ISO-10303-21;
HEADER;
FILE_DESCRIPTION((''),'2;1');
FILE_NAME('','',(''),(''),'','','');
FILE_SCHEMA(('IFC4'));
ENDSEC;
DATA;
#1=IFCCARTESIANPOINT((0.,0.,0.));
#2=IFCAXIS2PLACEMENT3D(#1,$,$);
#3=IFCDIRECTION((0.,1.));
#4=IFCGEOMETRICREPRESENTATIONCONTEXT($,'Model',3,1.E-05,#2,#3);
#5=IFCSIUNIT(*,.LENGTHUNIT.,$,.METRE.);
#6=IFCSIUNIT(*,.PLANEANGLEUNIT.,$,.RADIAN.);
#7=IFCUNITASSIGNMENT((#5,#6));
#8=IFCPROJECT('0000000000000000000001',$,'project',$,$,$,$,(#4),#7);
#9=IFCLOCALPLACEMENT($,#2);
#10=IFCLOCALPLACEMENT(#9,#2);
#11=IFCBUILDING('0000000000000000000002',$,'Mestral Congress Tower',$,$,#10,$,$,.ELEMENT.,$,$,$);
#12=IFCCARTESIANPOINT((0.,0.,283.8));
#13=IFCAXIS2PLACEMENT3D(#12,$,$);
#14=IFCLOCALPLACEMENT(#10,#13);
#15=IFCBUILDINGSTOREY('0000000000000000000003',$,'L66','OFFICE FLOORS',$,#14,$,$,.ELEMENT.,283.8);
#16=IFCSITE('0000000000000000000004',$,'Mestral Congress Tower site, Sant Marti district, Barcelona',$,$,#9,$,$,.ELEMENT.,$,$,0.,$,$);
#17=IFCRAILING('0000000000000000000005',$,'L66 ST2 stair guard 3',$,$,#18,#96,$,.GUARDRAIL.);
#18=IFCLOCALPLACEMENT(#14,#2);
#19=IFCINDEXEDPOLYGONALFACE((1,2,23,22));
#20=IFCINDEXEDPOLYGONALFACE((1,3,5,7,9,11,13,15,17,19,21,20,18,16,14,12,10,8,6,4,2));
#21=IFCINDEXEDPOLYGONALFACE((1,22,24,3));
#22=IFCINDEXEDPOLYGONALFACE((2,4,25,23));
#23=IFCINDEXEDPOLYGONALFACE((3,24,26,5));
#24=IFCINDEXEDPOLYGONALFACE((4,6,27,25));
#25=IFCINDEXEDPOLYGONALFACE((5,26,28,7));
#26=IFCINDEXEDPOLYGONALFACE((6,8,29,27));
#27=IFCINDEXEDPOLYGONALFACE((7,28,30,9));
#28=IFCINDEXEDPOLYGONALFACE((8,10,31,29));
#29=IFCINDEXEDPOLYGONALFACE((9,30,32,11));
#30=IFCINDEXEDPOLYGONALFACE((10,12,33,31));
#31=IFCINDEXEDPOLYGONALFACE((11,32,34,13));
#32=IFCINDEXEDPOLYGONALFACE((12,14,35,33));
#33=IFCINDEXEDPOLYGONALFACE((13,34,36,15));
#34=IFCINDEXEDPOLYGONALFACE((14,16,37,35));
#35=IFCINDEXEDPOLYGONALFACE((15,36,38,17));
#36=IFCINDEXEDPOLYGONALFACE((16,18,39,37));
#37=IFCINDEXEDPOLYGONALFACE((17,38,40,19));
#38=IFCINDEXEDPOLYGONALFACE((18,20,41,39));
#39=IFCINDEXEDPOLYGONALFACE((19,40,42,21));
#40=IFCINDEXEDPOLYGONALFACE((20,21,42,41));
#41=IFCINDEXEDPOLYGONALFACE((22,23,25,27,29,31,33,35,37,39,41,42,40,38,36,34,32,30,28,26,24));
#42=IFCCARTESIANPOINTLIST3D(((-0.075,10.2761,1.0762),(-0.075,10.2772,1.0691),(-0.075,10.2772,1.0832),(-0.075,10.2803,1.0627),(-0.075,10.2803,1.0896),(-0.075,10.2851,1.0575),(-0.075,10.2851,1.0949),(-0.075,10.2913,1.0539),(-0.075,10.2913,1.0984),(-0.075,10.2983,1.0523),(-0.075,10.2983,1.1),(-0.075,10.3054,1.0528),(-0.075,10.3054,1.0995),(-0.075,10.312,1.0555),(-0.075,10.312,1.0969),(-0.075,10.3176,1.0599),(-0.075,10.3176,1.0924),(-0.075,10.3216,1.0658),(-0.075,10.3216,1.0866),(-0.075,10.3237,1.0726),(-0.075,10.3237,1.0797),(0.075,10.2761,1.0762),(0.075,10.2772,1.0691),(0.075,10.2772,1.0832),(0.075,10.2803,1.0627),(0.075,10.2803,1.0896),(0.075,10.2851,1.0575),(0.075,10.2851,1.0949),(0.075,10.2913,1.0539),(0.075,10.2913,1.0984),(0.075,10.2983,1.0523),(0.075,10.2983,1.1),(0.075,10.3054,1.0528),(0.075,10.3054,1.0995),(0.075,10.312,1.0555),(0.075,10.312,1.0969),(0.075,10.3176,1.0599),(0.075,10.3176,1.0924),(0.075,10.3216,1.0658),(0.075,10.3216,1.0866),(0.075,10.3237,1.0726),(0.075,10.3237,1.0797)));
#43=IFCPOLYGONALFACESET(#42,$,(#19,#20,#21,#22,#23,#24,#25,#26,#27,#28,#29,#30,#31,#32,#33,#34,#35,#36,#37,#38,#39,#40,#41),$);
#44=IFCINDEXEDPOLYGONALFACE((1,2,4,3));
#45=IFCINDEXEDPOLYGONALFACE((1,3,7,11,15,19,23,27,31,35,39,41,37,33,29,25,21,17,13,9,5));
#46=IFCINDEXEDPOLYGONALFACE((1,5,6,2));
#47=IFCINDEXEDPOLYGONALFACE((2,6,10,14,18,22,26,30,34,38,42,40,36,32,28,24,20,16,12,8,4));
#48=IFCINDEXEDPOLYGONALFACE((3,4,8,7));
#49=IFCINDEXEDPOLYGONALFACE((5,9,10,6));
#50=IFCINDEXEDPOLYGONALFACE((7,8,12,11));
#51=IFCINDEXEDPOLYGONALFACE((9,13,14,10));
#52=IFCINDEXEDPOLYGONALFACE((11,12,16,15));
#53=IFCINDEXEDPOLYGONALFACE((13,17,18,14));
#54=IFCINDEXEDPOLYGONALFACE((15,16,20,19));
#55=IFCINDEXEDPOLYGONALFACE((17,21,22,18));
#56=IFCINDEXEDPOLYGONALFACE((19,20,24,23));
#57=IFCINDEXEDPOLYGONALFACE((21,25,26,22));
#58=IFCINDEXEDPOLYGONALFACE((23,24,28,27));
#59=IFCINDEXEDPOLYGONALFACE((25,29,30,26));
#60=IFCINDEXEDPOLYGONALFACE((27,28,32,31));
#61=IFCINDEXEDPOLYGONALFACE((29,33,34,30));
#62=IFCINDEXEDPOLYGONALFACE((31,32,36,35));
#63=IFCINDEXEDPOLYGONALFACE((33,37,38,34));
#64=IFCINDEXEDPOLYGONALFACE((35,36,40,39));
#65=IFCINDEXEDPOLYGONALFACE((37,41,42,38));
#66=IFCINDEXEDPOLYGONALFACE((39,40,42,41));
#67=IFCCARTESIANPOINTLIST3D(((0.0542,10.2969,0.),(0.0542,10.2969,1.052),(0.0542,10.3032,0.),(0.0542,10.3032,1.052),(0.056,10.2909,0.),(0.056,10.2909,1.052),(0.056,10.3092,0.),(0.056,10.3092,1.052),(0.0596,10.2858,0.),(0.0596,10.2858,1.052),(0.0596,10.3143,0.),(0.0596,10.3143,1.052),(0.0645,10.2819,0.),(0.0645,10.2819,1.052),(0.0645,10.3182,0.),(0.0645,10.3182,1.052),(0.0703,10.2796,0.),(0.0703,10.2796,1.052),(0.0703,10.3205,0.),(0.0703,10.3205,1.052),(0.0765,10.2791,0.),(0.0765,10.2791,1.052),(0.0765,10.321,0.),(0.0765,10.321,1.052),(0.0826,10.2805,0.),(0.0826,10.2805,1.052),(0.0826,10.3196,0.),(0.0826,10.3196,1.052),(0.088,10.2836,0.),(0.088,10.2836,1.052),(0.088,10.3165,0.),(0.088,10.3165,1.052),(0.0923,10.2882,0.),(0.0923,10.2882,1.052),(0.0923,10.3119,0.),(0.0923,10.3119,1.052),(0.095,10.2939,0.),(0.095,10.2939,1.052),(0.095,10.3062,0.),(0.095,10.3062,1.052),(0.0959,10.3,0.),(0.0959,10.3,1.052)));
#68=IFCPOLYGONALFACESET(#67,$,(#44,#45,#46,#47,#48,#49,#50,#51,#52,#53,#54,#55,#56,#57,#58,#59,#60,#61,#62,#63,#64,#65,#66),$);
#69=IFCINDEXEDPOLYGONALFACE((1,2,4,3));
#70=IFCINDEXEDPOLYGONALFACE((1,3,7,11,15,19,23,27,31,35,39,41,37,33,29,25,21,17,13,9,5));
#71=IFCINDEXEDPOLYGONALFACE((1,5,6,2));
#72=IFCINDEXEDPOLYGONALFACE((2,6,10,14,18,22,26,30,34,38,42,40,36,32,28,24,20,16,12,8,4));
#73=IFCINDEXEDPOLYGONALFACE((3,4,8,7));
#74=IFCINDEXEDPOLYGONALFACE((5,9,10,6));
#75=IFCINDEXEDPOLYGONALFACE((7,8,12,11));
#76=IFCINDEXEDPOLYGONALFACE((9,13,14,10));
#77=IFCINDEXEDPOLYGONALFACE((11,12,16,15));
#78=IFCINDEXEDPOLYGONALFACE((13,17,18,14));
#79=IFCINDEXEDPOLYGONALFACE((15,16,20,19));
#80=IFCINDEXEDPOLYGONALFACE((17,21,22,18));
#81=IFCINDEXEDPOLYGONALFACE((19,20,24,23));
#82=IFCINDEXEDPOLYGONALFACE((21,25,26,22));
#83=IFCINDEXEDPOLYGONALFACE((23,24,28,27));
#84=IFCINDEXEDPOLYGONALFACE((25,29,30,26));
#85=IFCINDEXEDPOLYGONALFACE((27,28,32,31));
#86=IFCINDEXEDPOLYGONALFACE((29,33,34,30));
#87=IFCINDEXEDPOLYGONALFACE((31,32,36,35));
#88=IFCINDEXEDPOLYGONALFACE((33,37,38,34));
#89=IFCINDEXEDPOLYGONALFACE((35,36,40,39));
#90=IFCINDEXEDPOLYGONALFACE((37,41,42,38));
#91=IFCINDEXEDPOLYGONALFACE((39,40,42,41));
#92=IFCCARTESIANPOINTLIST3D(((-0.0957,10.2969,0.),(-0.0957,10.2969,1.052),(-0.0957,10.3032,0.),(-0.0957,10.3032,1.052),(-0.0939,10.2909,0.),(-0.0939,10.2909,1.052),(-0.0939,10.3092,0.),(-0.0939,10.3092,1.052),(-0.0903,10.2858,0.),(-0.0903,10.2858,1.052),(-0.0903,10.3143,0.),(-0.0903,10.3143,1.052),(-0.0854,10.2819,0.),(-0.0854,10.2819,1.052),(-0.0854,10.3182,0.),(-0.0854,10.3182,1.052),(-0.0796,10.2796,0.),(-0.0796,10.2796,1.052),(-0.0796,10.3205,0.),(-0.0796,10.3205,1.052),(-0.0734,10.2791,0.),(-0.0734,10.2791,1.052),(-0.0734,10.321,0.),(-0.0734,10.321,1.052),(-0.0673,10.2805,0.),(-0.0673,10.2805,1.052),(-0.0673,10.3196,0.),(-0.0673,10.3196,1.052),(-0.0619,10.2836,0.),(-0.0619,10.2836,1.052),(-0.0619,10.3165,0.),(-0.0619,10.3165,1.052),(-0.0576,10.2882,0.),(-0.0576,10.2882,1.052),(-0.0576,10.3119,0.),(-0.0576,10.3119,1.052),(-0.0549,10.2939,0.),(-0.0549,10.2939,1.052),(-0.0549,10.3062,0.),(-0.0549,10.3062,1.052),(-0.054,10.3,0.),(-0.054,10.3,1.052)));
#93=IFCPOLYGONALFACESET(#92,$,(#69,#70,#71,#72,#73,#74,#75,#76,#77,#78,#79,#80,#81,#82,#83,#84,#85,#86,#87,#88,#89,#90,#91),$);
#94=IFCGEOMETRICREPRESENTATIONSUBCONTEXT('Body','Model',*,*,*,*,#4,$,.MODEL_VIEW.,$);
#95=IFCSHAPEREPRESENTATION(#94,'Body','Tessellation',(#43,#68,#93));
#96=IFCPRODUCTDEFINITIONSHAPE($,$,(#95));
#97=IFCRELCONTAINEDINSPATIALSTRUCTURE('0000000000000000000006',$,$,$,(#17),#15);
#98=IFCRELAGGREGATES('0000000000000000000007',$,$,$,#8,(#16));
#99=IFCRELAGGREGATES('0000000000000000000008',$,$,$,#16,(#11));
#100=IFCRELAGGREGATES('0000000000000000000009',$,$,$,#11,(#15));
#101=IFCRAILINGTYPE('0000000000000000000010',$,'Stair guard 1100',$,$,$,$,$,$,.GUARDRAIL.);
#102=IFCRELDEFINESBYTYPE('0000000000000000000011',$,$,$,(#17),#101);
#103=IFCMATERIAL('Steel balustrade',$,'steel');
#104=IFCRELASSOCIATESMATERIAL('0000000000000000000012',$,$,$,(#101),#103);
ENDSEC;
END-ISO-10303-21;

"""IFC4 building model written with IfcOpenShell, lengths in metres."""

from ifc_helpers import new_model, si_unit, direction, frame, origin, origin_2d, place, context, subcontext, project, spatial, circle, extrude, material, type_object, element, save


model = new_model("IFC4")

# Units and contexts
model_context = context("Model", 3, precision=1e-05, world=origin(), true_north=direction((0.0, 1.0)))
body_context = subcontext(model_context, "Body", "Model", "MODEL_VIEW")
ifc_project = project(units=[si_unit("LENGTHUNIT", "METRE"), si_unit("PLANEANGLEUNIT", "RADIAN")], contexts=[model_context])

# Site, building, storey
site_placement = place(None, origin())
site = spatial("IfcSite", under=ifc_project, at=site_placement, Name="Mestral Congress Tower site, Sant Marti district, Barcelona", CompositionType="ELEMENT", RefElevation=0.0)
building_placement = place(site_placement, origin())
building = spatial("IfcBuilding", under=site, at=building_placement, Name="Mestral Congress Tower", CompositionType="ELEMENT")
storey_placement = place(building_placement, frame((0.0, 0.0, 283.8)))
storey = spatial("IfcBuildingStorey", under=building, at=storey_placement, Name="L66", Description="OFFICE FLOORS", CompositionType="ELEMENT", Elevation=283.8)

# Railing
ifc_material_1 = material(Name="Steel balustrade", Category="steel")
railing_type_1 = type_object("IfcRailingType", Name="Stair guard 1100", PredefinedType="GUARDRAIL", material=ifc_material_1)
railing_1_placement = place(storey_placement, frame((0.075, 10.3, 0.0)))
element("IfcRailing", 1, at=railing_1_placement, inside=storey, type_object=railing_type_1, Name="L66 ST2 stair guard 3", PredefinedType="GUARDRAIL", context=body_context, shape_type="SweptSolid", body=[
    extrude(circle(Radius=0.0239, at=origin_2d()), frame((0.0, 0.0, 1.0762), z_axis=(-1.0, 0.0, 0.0), x_axis=(0.0, -1.0, 0.0)), (0.0, 0.0, 1.0), 0.1499),
    extrude(circle(Radius=0.021, at=origin_2d()), origin(), (0.0, 0.0, 1.0), 1.052),
    extrude(circle(Radius=0.021, at=origin_2d()), frame((-0.1499, 0.0, 0.0)), (0.0, 0.0, 1.0), 1.052),
])

save(model, "model.ifc")
